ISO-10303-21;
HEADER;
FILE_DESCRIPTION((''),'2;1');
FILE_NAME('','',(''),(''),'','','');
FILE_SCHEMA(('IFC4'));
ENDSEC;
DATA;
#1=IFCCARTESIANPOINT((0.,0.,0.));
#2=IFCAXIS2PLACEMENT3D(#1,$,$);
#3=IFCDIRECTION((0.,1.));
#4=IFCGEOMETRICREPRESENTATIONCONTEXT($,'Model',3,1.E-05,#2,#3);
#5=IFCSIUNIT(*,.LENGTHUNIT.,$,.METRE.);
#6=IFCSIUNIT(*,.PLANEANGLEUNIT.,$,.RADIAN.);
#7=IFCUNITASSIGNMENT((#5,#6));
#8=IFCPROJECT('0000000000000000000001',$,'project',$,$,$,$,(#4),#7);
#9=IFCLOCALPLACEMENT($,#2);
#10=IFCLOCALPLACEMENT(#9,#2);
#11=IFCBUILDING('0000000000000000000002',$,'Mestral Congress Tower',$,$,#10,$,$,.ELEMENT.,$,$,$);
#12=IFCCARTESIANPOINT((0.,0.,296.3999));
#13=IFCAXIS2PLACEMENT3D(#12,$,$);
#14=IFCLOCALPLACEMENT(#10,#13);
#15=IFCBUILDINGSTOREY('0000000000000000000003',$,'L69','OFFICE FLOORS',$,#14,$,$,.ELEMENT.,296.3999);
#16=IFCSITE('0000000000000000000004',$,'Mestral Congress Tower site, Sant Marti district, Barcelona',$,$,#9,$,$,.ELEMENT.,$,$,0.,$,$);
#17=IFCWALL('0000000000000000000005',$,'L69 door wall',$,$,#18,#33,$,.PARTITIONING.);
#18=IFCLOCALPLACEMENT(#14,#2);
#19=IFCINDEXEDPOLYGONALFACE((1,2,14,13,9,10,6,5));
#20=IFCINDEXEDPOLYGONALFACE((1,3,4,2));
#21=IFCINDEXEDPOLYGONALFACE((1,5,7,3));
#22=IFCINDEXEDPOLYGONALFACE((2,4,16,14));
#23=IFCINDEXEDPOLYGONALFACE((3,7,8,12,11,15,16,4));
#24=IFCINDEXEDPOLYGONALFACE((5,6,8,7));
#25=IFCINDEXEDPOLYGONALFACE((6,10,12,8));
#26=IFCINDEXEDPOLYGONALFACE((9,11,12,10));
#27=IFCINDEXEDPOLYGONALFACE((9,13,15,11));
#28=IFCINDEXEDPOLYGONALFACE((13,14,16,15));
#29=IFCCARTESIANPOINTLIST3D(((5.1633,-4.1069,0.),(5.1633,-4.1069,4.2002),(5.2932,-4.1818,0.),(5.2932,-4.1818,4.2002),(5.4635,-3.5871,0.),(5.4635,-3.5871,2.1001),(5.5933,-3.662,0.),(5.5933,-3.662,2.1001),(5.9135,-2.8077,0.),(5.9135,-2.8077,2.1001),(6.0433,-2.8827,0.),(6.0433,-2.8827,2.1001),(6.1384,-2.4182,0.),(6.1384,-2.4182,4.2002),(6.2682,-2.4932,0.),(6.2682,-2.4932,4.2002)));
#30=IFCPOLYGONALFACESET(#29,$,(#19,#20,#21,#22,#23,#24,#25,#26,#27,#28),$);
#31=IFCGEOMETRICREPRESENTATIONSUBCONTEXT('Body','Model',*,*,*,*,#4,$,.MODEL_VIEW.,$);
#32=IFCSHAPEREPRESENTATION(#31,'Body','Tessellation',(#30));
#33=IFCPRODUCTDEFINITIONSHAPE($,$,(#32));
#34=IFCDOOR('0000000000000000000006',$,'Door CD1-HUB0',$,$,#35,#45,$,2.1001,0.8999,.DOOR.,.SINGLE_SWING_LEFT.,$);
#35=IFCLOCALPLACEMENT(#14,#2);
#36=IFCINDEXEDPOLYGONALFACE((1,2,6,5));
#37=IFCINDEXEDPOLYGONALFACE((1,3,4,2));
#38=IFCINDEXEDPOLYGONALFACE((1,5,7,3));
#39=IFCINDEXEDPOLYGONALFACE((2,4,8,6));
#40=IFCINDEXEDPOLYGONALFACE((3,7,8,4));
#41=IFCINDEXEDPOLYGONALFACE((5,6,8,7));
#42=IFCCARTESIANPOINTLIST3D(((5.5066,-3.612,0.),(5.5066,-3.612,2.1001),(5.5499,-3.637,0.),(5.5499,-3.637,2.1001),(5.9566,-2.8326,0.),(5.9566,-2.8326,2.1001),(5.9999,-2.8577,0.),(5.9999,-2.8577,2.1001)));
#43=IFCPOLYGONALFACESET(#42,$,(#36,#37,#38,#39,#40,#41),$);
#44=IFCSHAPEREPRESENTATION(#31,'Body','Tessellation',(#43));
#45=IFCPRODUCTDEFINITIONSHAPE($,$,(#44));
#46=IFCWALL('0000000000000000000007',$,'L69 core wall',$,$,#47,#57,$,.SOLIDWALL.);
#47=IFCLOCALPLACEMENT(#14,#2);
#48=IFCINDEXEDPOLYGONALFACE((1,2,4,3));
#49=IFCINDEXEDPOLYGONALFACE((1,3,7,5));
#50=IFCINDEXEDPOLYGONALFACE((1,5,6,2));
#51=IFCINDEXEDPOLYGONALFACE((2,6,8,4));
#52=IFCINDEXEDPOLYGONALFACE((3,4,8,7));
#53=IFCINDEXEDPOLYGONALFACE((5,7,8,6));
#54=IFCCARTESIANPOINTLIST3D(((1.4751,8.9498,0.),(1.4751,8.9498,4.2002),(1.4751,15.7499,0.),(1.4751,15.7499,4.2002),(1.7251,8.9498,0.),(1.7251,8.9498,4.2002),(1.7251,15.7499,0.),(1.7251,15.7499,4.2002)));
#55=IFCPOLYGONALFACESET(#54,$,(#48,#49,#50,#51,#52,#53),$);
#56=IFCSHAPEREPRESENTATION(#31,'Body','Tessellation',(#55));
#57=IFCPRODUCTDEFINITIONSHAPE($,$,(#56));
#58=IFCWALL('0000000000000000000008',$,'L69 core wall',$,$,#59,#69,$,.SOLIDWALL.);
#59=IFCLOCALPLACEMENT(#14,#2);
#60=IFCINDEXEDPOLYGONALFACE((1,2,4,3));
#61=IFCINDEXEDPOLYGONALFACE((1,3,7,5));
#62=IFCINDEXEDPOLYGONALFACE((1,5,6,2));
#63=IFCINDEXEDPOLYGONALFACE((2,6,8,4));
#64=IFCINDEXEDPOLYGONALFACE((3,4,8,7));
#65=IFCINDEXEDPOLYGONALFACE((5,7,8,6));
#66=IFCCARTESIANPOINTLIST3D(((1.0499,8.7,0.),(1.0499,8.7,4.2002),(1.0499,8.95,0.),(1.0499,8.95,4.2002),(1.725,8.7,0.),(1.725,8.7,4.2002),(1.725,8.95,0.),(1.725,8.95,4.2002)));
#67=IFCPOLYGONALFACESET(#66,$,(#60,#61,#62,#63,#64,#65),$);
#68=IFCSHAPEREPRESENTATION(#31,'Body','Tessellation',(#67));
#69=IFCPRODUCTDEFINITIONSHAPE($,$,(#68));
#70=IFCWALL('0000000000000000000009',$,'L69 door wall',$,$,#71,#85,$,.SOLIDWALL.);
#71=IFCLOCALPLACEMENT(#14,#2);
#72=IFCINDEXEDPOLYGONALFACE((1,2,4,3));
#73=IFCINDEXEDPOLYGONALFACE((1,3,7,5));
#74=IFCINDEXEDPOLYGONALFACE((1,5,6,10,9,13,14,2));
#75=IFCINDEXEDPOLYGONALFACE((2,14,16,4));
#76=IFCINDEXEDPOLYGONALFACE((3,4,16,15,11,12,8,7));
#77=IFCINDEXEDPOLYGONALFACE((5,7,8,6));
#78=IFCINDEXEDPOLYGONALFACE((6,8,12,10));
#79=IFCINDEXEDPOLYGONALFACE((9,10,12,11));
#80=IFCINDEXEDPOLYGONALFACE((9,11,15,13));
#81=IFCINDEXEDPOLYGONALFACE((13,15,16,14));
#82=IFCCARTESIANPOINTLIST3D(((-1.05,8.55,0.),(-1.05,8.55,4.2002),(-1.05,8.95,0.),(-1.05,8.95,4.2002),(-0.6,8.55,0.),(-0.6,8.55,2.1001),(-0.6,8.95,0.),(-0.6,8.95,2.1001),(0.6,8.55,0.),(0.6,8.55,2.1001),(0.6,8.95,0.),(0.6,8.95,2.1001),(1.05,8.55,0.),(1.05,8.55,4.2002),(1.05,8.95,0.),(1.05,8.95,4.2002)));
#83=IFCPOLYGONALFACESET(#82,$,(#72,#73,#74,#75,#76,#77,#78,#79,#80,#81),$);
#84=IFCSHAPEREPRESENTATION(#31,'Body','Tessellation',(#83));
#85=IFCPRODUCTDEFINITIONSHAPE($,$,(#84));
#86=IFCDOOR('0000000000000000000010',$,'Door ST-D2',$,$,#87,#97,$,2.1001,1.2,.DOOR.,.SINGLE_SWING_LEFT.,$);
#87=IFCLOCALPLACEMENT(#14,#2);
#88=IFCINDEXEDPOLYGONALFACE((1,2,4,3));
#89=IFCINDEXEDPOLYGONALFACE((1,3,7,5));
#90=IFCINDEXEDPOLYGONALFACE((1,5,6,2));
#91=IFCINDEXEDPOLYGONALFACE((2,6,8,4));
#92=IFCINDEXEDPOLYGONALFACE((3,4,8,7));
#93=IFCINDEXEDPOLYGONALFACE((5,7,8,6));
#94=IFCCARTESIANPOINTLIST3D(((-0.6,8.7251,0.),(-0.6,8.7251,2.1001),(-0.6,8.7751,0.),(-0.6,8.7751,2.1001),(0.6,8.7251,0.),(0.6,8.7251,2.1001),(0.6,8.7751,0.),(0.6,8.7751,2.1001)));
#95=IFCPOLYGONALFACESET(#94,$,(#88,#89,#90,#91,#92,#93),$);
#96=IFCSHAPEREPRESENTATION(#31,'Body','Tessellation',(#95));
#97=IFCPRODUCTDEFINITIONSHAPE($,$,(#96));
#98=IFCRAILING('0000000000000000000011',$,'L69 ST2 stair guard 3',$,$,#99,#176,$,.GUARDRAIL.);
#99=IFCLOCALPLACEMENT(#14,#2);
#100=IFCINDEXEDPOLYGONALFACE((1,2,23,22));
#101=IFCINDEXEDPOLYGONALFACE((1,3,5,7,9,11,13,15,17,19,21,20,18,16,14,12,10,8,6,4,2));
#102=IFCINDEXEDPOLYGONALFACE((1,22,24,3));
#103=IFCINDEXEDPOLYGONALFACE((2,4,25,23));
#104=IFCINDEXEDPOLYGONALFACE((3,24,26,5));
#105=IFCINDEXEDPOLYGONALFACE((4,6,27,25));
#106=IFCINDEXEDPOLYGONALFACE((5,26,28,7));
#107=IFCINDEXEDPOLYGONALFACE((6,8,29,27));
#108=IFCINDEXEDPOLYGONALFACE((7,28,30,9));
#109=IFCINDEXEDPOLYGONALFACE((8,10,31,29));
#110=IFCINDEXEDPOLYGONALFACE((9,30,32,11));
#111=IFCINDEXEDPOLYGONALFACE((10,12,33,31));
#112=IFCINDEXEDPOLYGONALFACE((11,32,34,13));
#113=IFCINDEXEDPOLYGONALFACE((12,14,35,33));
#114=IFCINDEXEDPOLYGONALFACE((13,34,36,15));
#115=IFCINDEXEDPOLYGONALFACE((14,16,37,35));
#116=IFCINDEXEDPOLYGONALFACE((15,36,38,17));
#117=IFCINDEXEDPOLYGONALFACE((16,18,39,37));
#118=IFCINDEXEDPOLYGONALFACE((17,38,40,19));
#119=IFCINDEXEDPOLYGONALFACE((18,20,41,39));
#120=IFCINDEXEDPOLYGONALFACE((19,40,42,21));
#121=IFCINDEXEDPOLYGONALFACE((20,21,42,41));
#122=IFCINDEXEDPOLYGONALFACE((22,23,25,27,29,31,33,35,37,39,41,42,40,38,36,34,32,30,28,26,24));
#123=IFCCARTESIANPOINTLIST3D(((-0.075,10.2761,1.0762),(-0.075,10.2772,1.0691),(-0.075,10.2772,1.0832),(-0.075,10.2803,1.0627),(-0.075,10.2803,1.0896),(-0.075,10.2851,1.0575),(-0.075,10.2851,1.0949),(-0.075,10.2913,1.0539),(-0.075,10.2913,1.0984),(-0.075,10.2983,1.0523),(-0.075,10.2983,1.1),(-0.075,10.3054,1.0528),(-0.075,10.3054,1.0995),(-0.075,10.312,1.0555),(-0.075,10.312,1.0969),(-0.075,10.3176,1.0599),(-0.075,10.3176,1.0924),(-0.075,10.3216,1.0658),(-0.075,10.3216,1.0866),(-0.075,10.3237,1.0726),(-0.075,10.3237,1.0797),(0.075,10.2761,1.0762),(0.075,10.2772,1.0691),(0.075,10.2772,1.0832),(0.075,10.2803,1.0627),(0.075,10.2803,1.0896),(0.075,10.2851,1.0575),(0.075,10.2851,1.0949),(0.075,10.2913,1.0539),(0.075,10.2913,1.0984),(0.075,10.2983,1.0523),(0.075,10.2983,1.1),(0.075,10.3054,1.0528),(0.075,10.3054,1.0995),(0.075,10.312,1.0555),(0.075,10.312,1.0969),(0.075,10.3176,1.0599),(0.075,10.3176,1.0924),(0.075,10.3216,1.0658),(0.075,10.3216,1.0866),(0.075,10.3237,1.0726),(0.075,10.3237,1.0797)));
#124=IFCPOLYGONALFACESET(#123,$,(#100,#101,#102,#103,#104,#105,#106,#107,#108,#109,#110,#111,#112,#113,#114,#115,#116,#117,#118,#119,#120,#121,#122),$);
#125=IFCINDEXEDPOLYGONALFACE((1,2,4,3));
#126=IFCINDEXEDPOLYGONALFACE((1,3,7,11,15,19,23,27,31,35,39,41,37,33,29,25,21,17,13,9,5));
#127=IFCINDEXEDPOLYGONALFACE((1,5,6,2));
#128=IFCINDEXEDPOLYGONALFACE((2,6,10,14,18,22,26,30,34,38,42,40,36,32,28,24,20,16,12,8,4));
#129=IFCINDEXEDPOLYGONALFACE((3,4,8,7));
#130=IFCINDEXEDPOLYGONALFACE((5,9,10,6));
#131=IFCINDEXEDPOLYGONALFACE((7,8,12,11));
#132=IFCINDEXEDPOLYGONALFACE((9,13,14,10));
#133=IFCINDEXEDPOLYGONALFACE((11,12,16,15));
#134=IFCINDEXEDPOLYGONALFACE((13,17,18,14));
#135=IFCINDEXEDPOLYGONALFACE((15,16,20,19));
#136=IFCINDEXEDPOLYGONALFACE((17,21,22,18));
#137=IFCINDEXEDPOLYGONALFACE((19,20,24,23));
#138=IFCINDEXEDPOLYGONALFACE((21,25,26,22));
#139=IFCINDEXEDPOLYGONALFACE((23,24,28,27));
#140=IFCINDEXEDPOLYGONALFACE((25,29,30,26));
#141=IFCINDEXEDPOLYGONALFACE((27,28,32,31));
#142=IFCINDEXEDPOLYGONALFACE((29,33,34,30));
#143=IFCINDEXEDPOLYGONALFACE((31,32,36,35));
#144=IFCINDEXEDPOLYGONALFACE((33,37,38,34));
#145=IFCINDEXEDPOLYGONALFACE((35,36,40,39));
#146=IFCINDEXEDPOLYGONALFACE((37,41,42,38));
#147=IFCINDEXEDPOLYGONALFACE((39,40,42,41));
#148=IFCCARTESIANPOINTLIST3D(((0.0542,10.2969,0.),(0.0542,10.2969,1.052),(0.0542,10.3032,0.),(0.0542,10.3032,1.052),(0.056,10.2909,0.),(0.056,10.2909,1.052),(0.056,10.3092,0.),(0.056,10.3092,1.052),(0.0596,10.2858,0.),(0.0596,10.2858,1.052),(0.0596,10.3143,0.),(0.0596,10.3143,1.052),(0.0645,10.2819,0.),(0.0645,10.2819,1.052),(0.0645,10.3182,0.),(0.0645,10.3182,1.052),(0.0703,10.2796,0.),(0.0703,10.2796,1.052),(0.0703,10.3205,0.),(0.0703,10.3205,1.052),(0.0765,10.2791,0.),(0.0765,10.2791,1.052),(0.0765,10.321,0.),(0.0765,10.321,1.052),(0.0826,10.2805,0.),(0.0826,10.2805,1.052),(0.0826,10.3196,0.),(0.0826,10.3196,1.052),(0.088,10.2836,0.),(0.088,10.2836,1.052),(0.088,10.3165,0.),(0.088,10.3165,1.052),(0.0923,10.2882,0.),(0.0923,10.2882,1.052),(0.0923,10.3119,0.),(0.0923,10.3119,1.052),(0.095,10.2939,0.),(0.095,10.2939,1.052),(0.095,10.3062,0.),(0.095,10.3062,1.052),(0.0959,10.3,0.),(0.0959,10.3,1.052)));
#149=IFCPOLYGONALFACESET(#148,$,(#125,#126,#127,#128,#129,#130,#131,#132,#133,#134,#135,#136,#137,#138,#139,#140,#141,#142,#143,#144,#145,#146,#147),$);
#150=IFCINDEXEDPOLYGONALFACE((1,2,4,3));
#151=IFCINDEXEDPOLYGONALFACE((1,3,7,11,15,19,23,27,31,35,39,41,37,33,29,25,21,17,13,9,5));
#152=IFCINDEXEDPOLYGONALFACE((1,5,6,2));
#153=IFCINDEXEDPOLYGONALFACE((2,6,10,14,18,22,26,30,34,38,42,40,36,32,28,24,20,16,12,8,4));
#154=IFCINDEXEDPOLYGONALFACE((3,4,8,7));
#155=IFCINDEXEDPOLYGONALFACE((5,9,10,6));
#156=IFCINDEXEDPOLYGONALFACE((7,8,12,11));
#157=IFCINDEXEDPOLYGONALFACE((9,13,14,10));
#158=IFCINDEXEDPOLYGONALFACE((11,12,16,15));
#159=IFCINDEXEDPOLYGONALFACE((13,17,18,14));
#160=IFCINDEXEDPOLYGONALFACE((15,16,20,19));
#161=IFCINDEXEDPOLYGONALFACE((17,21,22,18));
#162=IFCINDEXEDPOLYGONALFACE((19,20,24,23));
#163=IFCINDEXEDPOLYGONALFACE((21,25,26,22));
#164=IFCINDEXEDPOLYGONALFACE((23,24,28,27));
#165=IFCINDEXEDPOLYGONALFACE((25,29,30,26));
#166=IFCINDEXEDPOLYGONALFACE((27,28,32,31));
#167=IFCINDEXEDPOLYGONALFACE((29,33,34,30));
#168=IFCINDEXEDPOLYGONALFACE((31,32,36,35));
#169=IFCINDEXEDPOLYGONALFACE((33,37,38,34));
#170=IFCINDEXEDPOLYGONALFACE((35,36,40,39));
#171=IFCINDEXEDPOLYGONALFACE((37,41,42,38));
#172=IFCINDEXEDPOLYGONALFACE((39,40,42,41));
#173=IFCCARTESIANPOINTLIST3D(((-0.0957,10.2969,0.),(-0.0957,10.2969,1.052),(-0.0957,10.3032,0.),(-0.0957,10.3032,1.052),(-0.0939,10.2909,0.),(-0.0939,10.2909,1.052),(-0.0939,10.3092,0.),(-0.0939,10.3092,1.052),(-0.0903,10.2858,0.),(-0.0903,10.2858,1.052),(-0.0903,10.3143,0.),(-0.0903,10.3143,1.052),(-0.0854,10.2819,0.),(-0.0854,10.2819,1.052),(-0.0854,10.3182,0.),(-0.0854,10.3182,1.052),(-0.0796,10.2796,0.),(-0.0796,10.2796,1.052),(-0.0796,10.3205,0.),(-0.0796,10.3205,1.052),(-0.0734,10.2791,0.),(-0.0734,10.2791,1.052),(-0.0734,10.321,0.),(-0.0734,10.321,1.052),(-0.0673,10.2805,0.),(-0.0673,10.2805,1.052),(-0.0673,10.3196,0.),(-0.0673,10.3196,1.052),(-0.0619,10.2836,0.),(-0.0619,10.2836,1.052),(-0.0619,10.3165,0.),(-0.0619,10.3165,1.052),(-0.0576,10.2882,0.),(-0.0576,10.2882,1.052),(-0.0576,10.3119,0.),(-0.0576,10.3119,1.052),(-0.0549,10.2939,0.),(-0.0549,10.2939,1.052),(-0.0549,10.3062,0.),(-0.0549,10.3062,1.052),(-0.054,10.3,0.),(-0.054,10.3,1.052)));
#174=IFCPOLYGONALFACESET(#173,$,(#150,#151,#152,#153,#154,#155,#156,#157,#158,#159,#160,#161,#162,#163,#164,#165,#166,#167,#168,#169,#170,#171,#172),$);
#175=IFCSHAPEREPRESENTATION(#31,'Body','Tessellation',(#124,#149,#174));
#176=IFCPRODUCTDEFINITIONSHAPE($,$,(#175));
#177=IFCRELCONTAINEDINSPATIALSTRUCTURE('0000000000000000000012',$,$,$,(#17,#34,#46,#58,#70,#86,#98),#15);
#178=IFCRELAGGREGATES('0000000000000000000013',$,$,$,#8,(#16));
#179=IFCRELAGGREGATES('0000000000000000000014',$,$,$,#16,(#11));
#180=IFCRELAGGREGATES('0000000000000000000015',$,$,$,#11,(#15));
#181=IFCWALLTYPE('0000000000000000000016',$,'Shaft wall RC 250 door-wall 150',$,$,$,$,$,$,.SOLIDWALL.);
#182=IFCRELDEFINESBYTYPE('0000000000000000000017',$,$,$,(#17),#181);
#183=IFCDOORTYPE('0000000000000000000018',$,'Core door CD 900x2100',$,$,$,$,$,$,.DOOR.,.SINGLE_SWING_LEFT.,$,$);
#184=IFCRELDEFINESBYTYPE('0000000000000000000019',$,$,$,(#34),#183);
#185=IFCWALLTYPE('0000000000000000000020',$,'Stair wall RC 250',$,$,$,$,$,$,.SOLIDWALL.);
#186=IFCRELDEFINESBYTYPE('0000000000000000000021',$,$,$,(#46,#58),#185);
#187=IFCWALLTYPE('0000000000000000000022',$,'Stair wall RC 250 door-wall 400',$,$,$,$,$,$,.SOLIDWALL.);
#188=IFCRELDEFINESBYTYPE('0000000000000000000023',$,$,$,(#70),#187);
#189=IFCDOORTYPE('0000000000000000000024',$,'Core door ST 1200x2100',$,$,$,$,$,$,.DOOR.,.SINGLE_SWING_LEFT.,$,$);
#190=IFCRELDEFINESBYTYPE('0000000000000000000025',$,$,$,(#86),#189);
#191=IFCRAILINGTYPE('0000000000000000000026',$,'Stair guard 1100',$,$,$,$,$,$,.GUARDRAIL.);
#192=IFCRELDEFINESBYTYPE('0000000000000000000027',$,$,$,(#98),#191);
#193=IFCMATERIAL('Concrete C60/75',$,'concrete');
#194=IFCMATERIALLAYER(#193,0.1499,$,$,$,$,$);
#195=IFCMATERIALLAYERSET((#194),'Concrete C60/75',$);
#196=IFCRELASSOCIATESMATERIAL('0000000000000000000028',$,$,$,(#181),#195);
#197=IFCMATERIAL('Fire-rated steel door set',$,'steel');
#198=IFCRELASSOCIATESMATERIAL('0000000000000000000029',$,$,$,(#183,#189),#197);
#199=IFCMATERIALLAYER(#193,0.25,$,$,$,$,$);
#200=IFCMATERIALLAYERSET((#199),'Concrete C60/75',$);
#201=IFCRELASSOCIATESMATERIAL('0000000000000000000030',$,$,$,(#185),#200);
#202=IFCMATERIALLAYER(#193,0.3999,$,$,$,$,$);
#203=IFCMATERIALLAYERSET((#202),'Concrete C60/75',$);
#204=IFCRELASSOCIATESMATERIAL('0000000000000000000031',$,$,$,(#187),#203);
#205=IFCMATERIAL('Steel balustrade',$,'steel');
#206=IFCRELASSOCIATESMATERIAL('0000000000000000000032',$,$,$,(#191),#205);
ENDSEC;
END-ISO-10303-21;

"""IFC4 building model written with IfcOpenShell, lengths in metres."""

from ifc_helpers import new_model, si_unit, direction, frame, frame_2d, origin, origin_2d, place, context, subcontext, project, spatial, rectangle, circle, extrude, material, layer, layer_set, type_object, element, fill, save


model = new_model("IFC4")

# Units and contexts
model_context = context("Model", 3, precision=1e-05, world=origin(), true_north=direction((0.0, 1.0)))
body_context = subcontext(model_context, "Body", "Model", "MODEL_VIEW")
ifc_project = project(units=[si_unit("LENGTHUNIT", "METRE"), si_unit("PLANEANGLEUNIT", "RADIAN")], contexts=[model_context])

# Site, building, storey
site_placement = place(None, origin())
site = spatial("IfcSite", under=ifc_project, at=site_placement, Name="Mestral Congress Tower site, Sant Marti district, Barcelona", CompositionType="ELEMENT", RefElevation=0.0)
building_placement = place(site_placement, origin())
building = spatial("IfcBuilding", under=site, at=building_placement, Name="Mestral Congress Tower", CompositionType="ELEMENT")
storey_placement = place(building_placement, frame((0.0, 0.0, 296.3999)))
storey = spatial("IfcBuildingStorey", under=building, at=storey_placement, Name="L69", Description="OFFICE FLOORS", CompositionType="ELEMENT", Elevation=296.3999)

# Shared definitions
ifc_material_1 = material(Name="Concrete C60/75", Category="concrete")

# Wall, opening, door
ifc_layer_1 = layer(ifc_material_1, 0.1499)
ifc_layer_set_1 = layer_set([ifc_layer_1], Name="Concrete C60/75")
wall_type_1 = type_object("IfcWallType", Name="Shaft wall RC 250 door-wall 150", PredefinedType="SOLIDWALL", material=ifc_layer_set_1)
wall_1_placement = place(storey_placement, frame((6.2034, -2.4556, 0.0), z_axis=(0.0, 0.0, 1.0), x_axis=(-0.500044, -0.866, 0.0)))
wall_1 = element("IfcWall", 1, at=wall_1_placement, inside=storey, type_object=wall_type_1, Name="L69 door wall", PredefinedType="PARTITIONING", context=body_context, shape_type="SweptSolid", body=[
    extrude(rectangle(XDim=1.95, YDim=0.1499, at=frame_2d((0.9751, 0.0))), origin(), (0.0, 0.0, 1.0), 4.2002),
])
opening_1_placement = place(wall_1_placement, frame((0.45, 0.0, 0.0)))
opening_1 = element("IfcOpeningElement", 2, at=opening_1_placement, cuts=wall_1, PredefinedType="OPENING", context=body_context, shape_type="SweptSolid", body=[
    extrude(rectangle(XDim=0.8999, YDim=2.1001, at=frame_2d((0.45, 1.05))), frame((0.0, 0.085, 0.0), z_axis=(0.0, -1.0, 0.0), x_axis=(1.0, 0.0, 0.0)), (0.0, 0.0, 1.0), 0.1699),
])
ifc_material_2 = material(Name="Fire-rated steel door set", Category="steel")
door_type_1 = type_object("IfcDoorType", Name="Core door CD 900x2100", OperationType="SINGLE_SWING_LEFT", PredefinedType="DOOR", material=ifc_material_2)
door_1_placement = place(opening_1_placement, origin())
door_1 = element("IfcDoor", 3, at=door_1_placement, inside=storey, type_object=door_type_1, Name="Door CD1-HUB0", OperationType="SINGLE_SWING_LEFT", OverallHeight=2.1001, OverallWidth=0.8999, PredefinedType="DOOR", context=body_context, shape_type="SweptSolid", body=[
    extrude(rectangle(XDim=0.8999, YDim=2.1001, at=frame_2d((0.45, 1.05))), frame((0.0, 0.0249, 0.0), z_axis=(0.0, -1.0, 0.0), x_axis=(1.0, 0.0, 0.0)), (0.0, 0.0, 1.0), 0.05),
])
fill(opening_1, door_1)

# Walls
ifc_layer_2 = layer(ifc_material_1, 0.25)
ifc_layer_set_2 = layer_set([ifc_layer_2], Name="Concrete C60/75")
wall_type_2 = type_object("IfcWallType", Name="Stair wall RC 250", PredefinedType="SOLIDWALL", material=ifc_layer_set_2)
wall_2_placement = place(storey_placement, frame((1.6001, 8.95, 0.0), z_axis=(0.0, 0.0, 1.0), x_axis=(0.0, 1.0, 0.0)))
element("IfcWall", 4, at=wall_2_placement, inside=storey, type_object=wall_type_2, Name="L69 core wall", PredefinedType="SOLIDWALL", context=body_context, shape_type="SweptSolid", body=[
    extrude(rectangle(XDim=6.8, YDim=0.25, at=frame_2d((3.3999, 0.0))), origin(), (0.0, 0.0, 1.0), 4.2002),
])
wall_3_placement = place(storey_placement, frame((1.05, 8.825, 0.0), z_axis=(0.0, 0.0, 1.0), x_axis=(1.0, 0.0, 0.0)))
element("IfcWall", 5, at=wall_3_placement, inside=storey, type_object=wall_type_2, Name="L69 core wall", PredefinedType="SOLIDWALL", context=body_context, shape_type="SweptSolid", body=[
    extrude(rectangle(XDim=0.675, YDim=0.25, at=frame_2d((0.3374, 0.0))), origin(), (0.0, 0.0, 1.0), 4.2002),
])

# Wall, opening, door
ifc_layer_3 = layer(ifc_material_1, 0.3999)
ifc_layer_set_3 = layer_set([ifc_layer_3], Name="Concrete C60/75")
wall_type_3 = type_object("IfcWallType", Name="Stair wall RC 250 door-wall 400", PredefinedType="SOLIDWALL", material=ifc_layer_set_3)
wall_4_placement = place(storey_placement, frame((1.05, 8.75, 0.0), z_axis=(0.0, 0.0, 1.0), x_axis=(-1.0, 0.0, 0.0)))
wall_4 = element("IfcWall", 6, at=wall_4_placement, inside=storey, type_object=wall_type_3, Name="L69 door wall", PredefinedType="SOLIDWALL", context=body_context, shape_type="SweptSolid", body=[
    extrude(rectangle(XDim=2.1001, YDim=0.3999, at=frame_2d((1.05, 0.0))), origin(), (0.0, 0.0, 1.0), 4.2002),
])
opening_2_placement = place(wall_4_placement, frame((0.45, 0.0, 0.0)))
opening_2 = element("IfcOpeningElement", 7, at=opening_2_placement, cuts=wall_4, PredefinedType="OPENING", context=body_context, shape_type="SweptSolid", body=[
    extrude(rectangle(XDim=1.2, YDim=2.1001, at=frame_2d((0.6001, 1.05))), frame((0.0, 0.21, 0.0), z_axis=(0.0, -1.0, 0.0), x_axis=(1.0, 0.0, 0.0)), (0.0, 0.0, 1.0), 0.4199),
])
door_type_2 = type_object("IfcDoorType", Name="Core door ST 1200x2100", OperationType="SINGLE_SWING_LEFT", PredefinedType="DOOR", material=ifc_material_2)
door_2_placement = place(opening_2_placement, origin())
door_2 = element("IfcDoor", 8, at=door_2_placement, inside=storey, type_object=door_type_2, Name="Door ST-D2", OperationType="SINGLE_SWING_LEFT", OverallHeight=2.1001, OverallWidth=1.2, PredefinedType="DOOR", context=body_context, shape_type="SweptSolid", body=[
    extrude(rectangle(XDim=1.2, YDim=2.1001, at=frame_2d((0.6001, 1.05))), frame((0.0, 0.0249, 0.0), z_axis=(0.0, -1.0, 0.0), x_axis=(1.0, 0.0, 0.0)), (0.0, 0.0, 1.0), 0.05),
])
fill(opening_2, door_2)

# Railing
ifc_material_3 = material(Name="Steel balustrade", Category="steel")
railing_type = type_object("IfcRailingType", Name="Stair guard 1100", PredefinedType="GUARDRAIL", material=ifc_material_3)
railing_placement = place(storey_placement, frame((0.075, 10.3, 0.0)))
element("IfcRailing", 9, at=railing_placement, inside=storey, type_object=railing_type, Name="L69 ST2 stair guard 3", PredefinedType="GUARDRAIL", context=body_context, shape_type="SweptSolid", body=[
    extrude(circle(Radius=0.0239, at=origin_2d()), frame((0.0, 0.0, 1.0762), z_axis=(-1.0, 0.0, 0.0), x_axis=(0.0, -1.0, 0.0)), (0.0, 0.0, 1.0), 0.1499),
    extrude(circle(Radius=0.021, at=origin_2d()), origin(), (0.0, 0.0, 1.0), 1.052),
    extrude(circle(Radius=0.021, at=origin_2d()), frame((-0.1499, 0.0, 0.0)), (0.0, 0.0, 1.0), 1.052),
])

save(model, "model.ifc")
